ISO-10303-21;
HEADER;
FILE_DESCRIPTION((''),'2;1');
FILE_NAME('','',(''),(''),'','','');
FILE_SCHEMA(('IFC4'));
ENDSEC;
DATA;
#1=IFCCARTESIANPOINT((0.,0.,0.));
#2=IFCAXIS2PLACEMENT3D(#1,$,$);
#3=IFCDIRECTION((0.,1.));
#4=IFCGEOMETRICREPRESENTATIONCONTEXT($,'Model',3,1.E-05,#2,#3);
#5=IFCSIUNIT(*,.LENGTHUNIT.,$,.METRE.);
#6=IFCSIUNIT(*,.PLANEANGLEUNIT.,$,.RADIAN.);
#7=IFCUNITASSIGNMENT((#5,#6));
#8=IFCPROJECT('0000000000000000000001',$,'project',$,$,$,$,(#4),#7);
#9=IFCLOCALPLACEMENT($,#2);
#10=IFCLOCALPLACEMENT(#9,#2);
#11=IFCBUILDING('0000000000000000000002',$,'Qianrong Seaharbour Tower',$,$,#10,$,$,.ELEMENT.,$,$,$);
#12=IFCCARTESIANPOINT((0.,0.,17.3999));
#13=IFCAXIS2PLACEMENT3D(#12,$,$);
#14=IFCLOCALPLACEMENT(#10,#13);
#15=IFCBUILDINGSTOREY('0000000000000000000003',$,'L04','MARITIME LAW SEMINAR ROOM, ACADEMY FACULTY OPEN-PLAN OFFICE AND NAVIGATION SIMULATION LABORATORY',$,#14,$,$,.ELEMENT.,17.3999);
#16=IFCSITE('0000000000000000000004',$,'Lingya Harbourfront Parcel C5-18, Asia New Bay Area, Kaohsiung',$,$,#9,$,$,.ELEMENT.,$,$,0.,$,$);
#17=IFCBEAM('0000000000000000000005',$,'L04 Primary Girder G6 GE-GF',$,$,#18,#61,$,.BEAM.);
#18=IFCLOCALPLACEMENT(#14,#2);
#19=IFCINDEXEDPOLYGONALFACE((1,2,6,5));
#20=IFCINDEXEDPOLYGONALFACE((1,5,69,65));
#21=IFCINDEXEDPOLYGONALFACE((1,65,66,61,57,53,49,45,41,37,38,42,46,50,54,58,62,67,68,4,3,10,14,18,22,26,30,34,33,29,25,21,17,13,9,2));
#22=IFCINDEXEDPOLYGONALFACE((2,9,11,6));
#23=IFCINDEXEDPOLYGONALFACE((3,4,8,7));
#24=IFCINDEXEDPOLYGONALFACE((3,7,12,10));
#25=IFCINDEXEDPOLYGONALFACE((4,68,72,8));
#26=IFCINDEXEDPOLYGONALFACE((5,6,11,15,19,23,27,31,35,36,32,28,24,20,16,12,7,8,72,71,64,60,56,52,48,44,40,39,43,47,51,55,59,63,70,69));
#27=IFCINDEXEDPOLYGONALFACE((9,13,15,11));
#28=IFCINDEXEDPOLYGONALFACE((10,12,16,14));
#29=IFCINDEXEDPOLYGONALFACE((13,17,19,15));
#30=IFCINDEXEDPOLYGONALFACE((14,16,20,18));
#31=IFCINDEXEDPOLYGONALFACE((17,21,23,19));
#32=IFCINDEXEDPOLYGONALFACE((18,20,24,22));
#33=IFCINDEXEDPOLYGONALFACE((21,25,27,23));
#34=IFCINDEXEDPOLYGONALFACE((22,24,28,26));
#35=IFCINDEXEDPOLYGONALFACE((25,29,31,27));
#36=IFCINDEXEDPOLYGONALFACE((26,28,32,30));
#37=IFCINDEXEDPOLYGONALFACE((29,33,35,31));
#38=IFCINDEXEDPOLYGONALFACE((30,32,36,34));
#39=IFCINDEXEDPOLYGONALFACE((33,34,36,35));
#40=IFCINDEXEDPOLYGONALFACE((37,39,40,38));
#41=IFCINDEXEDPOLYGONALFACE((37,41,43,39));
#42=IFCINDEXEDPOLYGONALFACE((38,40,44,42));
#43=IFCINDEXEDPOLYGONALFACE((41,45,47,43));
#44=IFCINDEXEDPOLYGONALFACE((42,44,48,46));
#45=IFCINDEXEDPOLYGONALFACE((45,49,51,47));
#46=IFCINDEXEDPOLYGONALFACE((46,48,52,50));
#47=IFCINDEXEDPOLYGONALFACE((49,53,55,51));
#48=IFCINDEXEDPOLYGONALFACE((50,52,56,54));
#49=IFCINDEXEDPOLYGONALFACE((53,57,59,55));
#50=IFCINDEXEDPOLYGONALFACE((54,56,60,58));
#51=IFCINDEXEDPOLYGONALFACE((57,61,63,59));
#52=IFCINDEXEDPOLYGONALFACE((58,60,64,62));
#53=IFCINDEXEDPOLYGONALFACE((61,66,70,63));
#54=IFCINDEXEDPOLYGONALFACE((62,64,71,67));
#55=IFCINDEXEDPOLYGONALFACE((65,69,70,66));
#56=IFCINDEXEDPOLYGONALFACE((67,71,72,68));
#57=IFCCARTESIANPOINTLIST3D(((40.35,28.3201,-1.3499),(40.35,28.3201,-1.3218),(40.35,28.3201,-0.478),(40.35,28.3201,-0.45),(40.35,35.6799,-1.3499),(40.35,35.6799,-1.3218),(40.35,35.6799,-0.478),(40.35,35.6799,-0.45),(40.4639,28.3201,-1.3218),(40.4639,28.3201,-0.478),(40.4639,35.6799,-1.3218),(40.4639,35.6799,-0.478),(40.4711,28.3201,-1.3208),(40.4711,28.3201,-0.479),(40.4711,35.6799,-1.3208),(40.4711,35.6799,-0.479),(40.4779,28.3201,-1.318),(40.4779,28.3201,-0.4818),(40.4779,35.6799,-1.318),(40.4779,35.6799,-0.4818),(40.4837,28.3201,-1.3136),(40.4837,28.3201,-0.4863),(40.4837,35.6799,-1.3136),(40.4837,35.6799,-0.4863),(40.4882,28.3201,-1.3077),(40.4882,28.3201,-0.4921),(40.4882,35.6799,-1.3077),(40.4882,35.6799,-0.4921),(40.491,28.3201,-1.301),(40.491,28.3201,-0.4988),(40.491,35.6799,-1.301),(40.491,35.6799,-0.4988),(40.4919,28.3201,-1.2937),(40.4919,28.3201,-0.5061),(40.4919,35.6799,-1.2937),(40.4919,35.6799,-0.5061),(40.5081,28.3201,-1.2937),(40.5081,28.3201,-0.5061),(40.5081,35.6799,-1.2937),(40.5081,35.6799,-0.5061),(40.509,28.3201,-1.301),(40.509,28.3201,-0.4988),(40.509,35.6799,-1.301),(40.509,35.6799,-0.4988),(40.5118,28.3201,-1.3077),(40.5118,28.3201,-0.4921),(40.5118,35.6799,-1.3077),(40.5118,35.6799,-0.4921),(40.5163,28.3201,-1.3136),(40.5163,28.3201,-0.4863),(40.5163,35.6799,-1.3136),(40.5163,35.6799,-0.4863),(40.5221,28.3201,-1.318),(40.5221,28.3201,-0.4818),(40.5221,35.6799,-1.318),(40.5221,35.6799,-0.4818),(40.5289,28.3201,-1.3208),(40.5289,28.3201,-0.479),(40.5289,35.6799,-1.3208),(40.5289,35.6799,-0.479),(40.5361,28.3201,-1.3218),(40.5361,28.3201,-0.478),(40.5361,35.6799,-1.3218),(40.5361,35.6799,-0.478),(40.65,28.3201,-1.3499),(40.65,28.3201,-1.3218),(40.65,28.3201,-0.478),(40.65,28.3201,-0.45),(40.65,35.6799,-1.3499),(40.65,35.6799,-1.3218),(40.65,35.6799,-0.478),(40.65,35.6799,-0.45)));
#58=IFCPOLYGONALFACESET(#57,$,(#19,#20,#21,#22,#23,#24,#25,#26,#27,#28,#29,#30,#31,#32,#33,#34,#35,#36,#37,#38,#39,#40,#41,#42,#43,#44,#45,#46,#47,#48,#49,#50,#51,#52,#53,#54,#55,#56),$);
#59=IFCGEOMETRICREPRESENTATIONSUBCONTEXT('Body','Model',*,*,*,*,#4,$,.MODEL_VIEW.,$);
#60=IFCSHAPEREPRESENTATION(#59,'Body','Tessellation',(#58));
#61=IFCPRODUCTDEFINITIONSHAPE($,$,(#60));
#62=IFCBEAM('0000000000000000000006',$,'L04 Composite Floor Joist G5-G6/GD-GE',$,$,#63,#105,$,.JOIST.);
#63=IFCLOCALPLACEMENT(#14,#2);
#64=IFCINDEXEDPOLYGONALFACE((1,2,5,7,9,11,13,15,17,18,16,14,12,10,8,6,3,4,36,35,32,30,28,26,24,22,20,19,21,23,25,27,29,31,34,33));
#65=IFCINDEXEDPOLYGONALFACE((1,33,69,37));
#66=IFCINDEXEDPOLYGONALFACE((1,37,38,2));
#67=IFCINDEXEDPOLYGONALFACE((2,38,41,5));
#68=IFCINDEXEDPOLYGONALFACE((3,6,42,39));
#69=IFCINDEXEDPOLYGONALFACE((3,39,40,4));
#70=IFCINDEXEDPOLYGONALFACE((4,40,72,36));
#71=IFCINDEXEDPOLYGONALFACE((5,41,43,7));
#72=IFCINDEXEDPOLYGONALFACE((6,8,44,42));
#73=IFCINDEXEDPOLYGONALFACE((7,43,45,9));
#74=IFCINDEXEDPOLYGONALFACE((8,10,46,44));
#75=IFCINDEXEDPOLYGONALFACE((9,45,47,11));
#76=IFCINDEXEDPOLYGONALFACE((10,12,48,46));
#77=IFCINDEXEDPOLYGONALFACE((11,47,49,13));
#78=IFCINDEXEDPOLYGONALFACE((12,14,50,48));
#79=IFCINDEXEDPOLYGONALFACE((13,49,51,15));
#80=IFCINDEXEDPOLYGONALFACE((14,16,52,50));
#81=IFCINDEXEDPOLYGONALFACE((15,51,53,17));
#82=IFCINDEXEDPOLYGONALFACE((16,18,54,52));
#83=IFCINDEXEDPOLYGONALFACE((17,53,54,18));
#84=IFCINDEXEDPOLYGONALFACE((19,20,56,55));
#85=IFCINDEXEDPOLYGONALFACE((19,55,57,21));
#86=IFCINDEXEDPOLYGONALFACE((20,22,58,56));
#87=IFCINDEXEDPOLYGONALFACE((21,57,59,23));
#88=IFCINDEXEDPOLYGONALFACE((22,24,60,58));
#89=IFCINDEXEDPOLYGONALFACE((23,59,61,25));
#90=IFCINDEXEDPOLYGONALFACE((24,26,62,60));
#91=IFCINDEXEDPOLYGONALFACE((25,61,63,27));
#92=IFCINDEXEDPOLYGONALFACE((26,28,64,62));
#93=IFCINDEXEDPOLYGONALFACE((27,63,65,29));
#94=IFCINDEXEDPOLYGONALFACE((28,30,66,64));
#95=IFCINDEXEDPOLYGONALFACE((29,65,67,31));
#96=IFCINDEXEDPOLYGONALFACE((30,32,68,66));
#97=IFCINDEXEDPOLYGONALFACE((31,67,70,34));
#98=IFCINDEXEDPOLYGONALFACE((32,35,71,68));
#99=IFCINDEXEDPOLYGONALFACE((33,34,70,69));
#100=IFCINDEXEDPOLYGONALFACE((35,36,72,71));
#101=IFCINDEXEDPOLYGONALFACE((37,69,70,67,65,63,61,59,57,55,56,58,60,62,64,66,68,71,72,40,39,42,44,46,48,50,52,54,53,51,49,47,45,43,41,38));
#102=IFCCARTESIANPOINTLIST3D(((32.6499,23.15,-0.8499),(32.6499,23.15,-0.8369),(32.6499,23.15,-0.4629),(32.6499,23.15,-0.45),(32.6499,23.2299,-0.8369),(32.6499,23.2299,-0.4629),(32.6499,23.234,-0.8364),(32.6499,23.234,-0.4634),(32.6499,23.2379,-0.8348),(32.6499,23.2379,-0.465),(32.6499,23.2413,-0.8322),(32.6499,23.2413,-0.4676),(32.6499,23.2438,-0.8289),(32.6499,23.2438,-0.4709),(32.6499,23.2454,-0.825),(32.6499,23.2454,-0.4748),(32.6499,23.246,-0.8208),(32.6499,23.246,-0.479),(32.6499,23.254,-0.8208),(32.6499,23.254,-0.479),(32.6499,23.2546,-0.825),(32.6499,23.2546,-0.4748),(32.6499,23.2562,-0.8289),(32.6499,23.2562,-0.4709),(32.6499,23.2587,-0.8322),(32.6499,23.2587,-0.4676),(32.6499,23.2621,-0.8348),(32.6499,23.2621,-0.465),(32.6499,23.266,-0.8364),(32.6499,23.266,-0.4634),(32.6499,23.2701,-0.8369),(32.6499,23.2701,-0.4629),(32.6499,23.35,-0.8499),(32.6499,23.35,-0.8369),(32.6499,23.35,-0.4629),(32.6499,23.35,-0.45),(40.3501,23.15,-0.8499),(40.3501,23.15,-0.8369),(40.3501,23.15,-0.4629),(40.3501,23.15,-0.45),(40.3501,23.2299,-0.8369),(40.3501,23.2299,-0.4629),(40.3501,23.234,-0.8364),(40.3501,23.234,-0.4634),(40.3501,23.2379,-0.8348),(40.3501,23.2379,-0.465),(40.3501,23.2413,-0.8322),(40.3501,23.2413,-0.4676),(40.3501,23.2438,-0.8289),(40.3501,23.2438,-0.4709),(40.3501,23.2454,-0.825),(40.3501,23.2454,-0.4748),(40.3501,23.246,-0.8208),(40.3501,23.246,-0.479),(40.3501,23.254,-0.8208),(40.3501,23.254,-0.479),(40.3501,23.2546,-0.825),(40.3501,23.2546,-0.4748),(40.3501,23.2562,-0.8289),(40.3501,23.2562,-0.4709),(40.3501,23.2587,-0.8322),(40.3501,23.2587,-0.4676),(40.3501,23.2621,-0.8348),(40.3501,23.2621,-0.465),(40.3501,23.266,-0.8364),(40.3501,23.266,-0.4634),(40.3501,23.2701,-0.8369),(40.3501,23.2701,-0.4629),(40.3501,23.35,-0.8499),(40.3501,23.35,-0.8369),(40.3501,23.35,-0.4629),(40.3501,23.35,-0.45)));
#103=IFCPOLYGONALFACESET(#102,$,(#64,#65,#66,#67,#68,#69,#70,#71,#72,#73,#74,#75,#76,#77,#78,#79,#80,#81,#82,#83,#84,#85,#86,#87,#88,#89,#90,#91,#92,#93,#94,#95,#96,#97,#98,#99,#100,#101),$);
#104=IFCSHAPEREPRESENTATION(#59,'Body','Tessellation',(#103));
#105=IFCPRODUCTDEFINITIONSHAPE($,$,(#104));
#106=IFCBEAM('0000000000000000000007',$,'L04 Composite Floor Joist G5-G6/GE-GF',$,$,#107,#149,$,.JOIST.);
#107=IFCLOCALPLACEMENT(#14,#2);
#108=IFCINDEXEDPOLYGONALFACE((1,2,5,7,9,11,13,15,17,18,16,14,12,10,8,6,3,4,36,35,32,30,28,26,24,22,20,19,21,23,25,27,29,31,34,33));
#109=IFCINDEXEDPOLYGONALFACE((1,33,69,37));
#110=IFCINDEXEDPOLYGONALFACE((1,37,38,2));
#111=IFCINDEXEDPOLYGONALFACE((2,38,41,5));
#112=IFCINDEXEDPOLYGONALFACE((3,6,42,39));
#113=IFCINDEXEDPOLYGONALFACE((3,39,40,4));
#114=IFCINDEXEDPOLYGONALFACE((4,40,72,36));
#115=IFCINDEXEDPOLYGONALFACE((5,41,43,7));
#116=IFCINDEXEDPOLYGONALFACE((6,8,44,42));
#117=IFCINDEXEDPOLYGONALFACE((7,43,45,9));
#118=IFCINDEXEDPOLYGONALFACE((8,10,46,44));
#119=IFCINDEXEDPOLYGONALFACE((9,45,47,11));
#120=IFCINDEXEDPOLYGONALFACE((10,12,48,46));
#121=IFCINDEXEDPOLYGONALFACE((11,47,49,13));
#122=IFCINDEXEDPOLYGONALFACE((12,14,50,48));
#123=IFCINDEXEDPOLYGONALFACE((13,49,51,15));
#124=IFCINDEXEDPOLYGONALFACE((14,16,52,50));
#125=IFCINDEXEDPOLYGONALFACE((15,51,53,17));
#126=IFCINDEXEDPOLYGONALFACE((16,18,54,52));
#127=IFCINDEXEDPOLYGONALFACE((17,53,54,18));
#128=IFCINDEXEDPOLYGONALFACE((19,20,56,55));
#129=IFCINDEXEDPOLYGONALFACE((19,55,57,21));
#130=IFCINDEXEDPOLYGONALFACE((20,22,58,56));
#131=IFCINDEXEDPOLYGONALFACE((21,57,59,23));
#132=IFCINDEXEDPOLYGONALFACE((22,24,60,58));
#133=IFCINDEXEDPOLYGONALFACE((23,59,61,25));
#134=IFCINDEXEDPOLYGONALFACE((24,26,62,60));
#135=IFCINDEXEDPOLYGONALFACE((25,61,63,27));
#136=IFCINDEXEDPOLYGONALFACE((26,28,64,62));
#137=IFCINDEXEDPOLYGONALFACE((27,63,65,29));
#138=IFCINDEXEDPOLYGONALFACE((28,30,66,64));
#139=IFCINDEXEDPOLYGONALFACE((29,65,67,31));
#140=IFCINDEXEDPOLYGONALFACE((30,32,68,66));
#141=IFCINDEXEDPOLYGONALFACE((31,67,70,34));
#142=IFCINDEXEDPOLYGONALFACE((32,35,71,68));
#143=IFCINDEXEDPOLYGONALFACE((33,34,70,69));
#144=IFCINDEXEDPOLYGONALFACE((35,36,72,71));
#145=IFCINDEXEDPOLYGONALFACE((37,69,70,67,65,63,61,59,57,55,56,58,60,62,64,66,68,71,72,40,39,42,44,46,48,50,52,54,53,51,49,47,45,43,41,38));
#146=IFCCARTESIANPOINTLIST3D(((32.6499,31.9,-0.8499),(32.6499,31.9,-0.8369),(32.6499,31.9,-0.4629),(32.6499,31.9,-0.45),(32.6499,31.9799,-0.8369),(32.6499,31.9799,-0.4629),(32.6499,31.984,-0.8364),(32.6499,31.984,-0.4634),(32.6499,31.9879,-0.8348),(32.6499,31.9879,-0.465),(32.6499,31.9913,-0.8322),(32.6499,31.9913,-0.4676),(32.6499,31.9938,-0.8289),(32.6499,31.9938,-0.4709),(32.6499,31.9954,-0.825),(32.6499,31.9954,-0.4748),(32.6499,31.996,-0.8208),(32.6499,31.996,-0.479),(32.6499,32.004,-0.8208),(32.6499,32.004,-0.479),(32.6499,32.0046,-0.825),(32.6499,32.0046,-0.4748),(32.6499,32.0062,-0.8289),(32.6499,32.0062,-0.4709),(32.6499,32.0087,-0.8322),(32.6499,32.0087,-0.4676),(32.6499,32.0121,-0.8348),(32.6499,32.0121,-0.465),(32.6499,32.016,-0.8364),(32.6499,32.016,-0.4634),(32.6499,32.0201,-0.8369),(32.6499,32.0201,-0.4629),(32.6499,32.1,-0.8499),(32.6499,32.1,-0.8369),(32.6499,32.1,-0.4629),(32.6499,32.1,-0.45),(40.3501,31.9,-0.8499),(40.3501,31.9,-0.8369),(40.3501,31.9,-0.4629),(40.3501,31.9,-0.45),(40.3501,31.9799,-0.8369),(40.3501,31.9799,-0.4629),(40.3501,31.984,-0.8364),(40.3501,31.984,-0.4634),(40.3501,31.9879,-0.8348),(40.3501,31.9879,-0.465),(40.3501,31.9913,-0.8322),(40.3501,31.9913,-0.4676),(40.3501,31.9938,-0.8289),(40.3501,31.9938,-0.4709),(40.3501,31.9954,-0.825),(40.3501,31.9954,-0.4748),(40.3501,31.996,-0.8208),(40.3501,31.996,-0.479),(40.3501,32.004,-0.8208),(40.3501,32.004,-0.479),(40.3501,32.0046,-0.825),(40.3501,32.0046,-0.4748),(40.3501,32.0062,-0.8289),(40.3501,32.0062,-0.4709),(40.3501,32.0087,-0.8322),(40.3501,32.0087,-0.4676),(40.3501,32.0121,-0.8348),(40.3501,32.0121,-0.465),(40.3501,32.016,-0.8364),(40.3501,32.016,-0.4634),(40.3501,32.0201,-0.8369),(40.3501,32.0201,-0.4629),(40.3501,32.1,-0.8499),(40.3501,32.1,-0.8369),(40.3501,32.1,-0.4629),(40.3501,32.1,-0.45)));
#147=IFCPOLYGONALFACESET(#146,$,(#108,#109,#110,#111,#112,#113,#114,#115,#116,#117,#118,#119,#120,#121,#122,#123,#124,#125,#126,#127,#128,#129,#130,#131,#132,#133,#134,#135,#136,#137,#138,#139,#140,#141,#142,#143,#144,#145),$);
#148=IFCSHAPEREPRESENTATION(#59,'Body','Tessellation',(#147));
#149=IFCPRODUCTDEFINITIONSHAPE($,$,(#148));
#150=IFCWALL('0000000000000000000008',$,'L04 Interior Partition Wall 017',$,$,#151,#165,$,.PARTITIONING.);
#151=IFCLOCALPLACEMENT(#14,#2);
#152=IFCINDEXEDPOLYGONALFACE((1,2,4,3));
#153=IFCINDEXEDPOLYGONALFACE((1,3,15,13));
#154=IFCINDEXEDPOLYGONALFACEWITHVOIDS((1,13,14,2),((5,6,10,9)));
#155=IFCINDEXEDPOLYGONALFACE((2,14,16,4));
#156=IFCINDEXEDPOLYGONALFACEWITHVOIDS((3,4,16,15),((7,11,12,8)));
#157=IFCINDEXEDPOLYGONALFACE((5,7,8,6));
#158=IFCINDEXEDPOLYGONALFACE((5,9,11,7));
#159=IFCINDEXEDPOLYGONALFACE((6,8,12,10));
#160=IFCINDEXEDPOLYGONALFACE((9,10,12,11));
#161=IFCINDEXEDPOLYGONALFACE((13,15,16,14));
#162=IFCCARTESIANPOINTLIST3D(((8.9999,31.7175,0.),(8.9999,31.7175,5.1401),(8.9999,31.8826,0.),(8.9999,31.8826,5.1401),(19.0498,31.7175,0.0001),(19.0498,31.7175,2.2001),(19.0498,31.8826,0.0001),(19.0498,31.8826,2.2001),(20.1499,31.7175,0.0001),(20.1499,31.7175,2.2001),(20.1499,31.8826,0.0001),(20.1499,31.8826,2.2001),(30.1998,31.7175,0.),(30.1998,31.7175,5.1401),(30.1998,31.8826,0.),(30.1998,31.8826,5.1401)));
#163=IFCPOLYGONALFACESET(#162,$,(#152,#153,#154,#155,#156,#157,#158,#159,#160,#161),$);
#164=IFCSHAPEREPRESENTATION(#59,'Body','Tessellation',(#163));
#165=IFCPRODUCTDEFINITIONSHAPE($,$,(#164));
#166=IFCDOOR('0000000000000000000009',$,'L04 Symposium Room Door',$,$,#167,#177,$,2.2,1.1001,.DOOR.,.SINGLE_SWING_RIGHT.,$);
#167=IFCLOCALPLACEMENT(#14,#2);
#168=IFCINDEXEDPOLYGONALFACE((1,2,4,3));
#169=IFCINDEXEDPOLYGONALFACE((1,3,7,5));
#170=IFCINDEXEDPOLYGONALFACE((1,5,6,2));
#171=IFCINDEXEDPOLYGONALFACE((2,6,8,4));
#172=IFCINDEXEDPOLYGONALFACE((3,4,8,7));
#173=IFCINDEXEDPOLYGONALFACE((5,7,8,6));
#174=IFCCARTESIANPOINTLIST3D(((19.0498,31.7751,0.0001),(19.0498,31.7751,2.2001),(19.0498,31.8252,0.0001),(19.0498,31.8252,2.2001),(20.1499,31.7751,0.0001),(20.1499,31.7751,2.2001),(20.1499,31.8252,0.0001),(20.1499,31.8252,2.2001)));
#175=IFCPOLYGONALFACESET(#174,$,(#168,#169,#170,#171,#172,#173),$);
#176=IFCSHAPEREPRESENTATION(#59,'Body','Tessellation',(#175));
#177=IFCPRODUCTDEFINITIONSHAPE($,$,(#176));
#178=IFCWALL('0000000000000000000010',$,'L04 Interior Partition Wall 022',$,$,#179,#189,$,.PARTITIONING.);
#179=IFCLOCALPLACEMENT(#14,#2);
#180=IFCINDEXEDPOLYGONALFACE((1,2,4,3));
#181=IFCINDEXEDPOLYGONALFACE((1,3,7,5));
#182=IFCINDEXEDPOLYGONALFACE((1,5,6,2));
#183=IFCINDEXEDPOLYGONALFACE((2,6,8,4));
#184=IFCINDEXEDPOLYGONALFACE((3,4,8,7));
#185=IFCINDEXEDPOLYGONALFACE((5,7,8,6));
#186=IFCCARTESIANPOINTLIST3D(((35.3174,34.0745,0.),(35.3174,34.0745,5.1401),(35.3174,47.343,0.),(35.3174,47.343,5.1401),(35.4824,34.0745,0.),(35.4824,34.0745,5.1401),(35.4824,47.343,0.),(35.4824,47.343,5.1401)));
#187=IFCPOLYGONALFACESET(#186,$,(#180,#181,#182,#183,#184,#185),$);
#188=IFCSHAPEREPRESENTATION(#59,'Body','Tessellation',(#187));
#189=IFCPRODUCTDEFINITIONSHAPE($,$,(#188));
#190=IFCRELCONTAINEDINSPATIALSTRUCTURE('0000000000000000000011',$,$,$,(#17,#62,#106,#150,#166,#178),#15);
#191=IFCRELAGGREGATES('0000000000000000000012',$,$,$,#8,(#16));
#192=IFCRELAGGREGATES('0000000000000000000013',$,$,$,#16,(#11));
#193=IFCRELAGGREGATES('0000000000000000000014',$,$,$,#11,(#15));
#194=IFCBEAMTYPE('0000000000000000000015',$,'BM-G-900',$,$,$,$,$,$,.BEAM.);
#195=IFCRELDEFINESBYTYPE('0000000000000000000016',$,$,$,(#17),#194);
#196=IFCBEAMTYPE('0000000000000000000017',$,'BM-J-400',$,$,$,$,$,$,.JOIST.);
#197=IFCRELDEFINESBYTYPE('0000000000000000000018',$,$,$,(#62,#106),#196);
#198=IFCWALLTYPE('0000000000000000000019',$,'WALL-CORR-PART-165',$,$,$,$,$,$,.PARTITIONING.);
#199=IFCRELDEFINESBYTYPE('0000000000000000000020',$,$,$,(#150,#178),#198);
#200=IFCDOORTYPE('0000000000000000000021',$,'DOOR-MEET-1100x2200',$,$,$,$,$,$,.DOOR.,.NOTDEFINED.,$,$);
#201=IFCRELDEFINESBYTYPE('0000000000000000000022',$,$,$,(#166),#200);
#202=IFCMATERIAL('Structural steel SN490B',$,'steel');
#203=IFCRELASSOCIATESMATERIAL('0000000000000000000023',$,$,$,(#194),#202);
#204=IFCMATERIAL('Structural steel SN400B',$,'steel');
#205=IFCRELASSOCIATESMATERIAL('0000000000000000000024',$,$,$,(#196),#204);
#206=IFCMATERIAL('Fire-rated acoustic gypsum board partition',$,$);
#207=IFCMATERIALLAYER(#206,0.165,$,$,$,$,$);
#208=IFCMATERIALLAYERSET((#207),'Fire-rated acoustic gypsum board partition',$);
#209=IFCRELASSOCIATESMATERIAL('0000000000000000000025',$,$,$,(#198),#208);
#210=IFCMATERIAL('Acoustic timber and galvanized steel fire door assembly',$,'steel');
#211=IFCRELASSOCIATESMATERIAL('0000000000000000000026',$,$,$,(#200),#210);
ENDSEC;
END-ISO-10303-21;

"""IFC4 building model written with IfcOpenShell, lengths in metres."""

from ifc_helpers import new_model, si_unit, direction, frame, frame_2d, origin, origin_2d, place, context, subcontext, project, spatial, rectangle, i_section, extrude, material, layer, layer_set, material_profile, profile_set, type_object, element, fill, save


model = new_model("IFC4")

# Units and contexts
model_context = context("Model", 3, precision=1e-05, world=origin(), true_north=direction((0.0, 1.0)))
body_context = subcontext(model_context, "Body", "Model", "MODEL_VIEW")
ifc_project = project(units=[si_unit("LENGTHUNIT", "METRE"), si_unit("PLANEANGLEUNIT", "RADIAN")], contexts=[model_context])

# Site, building, storey
site_placement = place(None, origin())
site = spatial("IfcSite", under=ifc_project, at=site_placement, Name="Lingya Harbourfront Parcel C5-18, Asia New Bay Area, Kaohsiung", CompositionType="ELEMENT", RefElevation=0.0)
building_placement = place(site_placement, origin())
building = spatial("IfcBuilding", under=site, at=building_placement, Name="Qianrong Seaharbour Tower", CompositionType="ELEMENT")
storey_placement = place(building_placement, frame((0.0, 0.0, 17.3999)))
storey = spatial("IfcBuildingStorey", under=building, at=storey_placement, Name="L04", Description="MARITIME LAW SEMINAR ROOM, ACADEMY FACULTY OPEN-PLAN OFFICE AND NAVIGATION SIMULATION LABORATORY", CompositionType="ELEMENT", Elevation=17.3999)

# Shared definitions
ifc_material_1 = material(Name="Structural steel SN490B", Category="steel")

# Beams
ifc_material_profile_1 = material_profile(ifc_material_1, i_section(OverallWidth=0.3, OverallDepth=0.8999, WebThickness=0.0161, FlangeThickness=0.0281, FilletRadius=0.0281, at=origin_2d()), Name="H900x300x16x28")
ifc_profile_set_1 = profile_set([ifc_material_profile_1], Name="Structural steel SN490B")
beam_type_1 = type_object("IfcBeamType", Name="BM-G-900", PredefinedType="BEAM", material=ifc_profile_set_1)
for number, where, z_axis, x_axis, name in (
    (1, (40.5, 28.3201, -0.8999), (0.0, 1.0, 0.0), (-1.0, 0.0, 0.0), "L04 Primary Girder G6 GE-GF"),
):
    element("IfcBeam", number, at=place(storey_placement, frame(where, z_axis=z_axis, x_axis=x_axis)), inside=storey, type_object=beam_type_1, Name=name, PredefinedType="BEAM", context=body_context, shape_type="SweptSolid", body=[
        extrude(i_section(OverallWidth=0.3, OverallDepth=0.8999, WebThickness=0.0161, FlangeThickness=0.0281, FilletRadius=0.0281, at=origin_2d()), origin(), (0.0, 0.0, 1.0), 7.3599),
    ])
ifc_material_2 = material(Name="Structural steel SN400B", Category="steel")
ifc_material_profile_2 = material_profile(ifc_material_2, i_section(OverallWidth=0.2, OverallDepth=0.3999, WebThickness=0.0081, FlangeThickness=0.0129, FilletRadius=0.0161, at=origin_2d()), Name="H400x200x8x13")
ifc_profile_set_2 = profile_set([ifc_material_profile_2], Name="Structural steel SN400B")
beam_type_2 = type_object("IfcBeamType", Name="BM-J-400", PredefinedType="JOIST", material=ifc_profile_set_2)
for number, where, z_axis, x_axis, name in (
    (2, (32.6499, 23.25, -0.6499), (1.0, 0.0, 0.0), (0.0, 1.0, 0.0), "L04 Composite Floor Joist G5-G6/GD-GE"),
    (3, (32.6499, 32.0, -0.6499), (1.0, 0.0, 0.0), (0.0, 1.0, 0.0), "L04 Composite Floor Joist G5-G6/GE-GF"),
):
    element("IfcBeam", number, at=place(storey_placement, frame(where, z_axis=z_axis, x_axis=x_axis)), inside=storey, type_object=beam_type_2, Name=name, PredefinedType="JOIST", context=body_context, shape_type="SweptSolid", body=[
        extrude(i_section(OverallWidth=0.2, OverallDepth=0.3999, WebThickness=0.0081, FlangeThickness=0.0129, FilletRadius=0.0161, at=origin_2d()), origin(), (0.0, 0.0, 1.0), 7.7002),
    ])

# Wall, opening, door
ifc_material_3 = material(Name="Fire-rated acoustic gypsum board partition")
ifc_layer = layer(ifc_material_3, 0.165)
ifc_layer_set = layer_set([ifc_layer], Name="Fire-rated acoustic gypsum board partition")
wall_type = type_object("IfcWallType", Name="WALL-CORR-PART-165", PredefinedType="PARTITIONING", material=ifc_layer_set)
wall_1_placement = place(storey_placement, frame((30.2, 31.8, 0.0), z_axis=(0.0, 0.0, 1.0), x_axis=(-1.0, 0.0, 0.0)))
wall_1 = element("IfcWall", 4, at=wall_1_placement, inside=storey, type_object=wall_type, Name="L04 Interior Partition Wall 017", PredefinedType="PARTITIONING", context=body_context, shape_type="SweptSolid", body=[
    extrude(rectangle(XDim=21.2, YDim=0.165, at=frame_2d((10.6001, 0.0))), origin(), (0.0, 0.0, 1.0), 5.1401),
])
opening_placement = place(wall_1_placement, frame((10.05, 0.0, 0.0)))
opening = element("IfcOpeningElement", 5, at=opening_placement, cuts=wall_1, PredefinedType="OPENING", context=body_context, shape_type="SweptSolid", body=[
    extrude(rectangle(XDim=1.1001, YDim=2.2, at=frame_2d((0.55, 1.1001))), frame((0.0, 0.0925, 0.0), z_axis=(0.0, -1.0, 0.0), x_axis=(1.0, 0.0, 0.0)), (0.0, 0.0, 1.0), 0.1851),
])
ifc_material_4 = material(Name="Acoustic timber and galvanized steel fire door assembly", Category="steel")
door_type = type_object("IfcDoorType", Name="DOOR-MEET-1100x2200", OperationType="NOTDEFINED", PredefinedType="DOOR", material=ifc_material_4)
door_placement = place(opening_placement, origin())
door = element("IfcDoor", 6, at=door_placement, inside=storey, type_object=door_type, Name="L04 Symposium Room Door", OperationType="SINGLE_SWING_RIGHT", OverallHeight=2.2, OverallWidth=1.1001, PredefinedType="DOOR", context=body_context, shape_type="SweptSolid", body=[
    extrude(rectangle(XDim=1.1001, YDim=2.2, at=frame_2d((0.55, 1.1001))), frame((0.0, 0.0249, 0.0), z_axis=(0.0, -1.0, 0.0), x_axis=(1.0, 0.0, 0.0)), (0.0, 0.0, 1.0), 0.05),
])
fill(opening, door)

# Wall
wall_2_placement = place(storey_placement, frame((35.3999, 34.0745, 0.0), z_axis=(0.0, 0.0, 1.0), x_axis=(0.0, 1.0, 0.0)))
element("IfcWall", 7, at=wall_2_placement, inside=storey, type_object=wall_type, Name="L04 Interior Partition Wall 022", PredefinedType="PARTITIONING", context=body_context, shape_type="SweptSolid", body=[
    extrude(rectangle(XDim=13.2686, YDim=0.165, at=frame_2d((6.6343, 0.0))), origin(), (0.0, 0.0, 1.0), 5.1401),
])

save(model, "model.ifc")
